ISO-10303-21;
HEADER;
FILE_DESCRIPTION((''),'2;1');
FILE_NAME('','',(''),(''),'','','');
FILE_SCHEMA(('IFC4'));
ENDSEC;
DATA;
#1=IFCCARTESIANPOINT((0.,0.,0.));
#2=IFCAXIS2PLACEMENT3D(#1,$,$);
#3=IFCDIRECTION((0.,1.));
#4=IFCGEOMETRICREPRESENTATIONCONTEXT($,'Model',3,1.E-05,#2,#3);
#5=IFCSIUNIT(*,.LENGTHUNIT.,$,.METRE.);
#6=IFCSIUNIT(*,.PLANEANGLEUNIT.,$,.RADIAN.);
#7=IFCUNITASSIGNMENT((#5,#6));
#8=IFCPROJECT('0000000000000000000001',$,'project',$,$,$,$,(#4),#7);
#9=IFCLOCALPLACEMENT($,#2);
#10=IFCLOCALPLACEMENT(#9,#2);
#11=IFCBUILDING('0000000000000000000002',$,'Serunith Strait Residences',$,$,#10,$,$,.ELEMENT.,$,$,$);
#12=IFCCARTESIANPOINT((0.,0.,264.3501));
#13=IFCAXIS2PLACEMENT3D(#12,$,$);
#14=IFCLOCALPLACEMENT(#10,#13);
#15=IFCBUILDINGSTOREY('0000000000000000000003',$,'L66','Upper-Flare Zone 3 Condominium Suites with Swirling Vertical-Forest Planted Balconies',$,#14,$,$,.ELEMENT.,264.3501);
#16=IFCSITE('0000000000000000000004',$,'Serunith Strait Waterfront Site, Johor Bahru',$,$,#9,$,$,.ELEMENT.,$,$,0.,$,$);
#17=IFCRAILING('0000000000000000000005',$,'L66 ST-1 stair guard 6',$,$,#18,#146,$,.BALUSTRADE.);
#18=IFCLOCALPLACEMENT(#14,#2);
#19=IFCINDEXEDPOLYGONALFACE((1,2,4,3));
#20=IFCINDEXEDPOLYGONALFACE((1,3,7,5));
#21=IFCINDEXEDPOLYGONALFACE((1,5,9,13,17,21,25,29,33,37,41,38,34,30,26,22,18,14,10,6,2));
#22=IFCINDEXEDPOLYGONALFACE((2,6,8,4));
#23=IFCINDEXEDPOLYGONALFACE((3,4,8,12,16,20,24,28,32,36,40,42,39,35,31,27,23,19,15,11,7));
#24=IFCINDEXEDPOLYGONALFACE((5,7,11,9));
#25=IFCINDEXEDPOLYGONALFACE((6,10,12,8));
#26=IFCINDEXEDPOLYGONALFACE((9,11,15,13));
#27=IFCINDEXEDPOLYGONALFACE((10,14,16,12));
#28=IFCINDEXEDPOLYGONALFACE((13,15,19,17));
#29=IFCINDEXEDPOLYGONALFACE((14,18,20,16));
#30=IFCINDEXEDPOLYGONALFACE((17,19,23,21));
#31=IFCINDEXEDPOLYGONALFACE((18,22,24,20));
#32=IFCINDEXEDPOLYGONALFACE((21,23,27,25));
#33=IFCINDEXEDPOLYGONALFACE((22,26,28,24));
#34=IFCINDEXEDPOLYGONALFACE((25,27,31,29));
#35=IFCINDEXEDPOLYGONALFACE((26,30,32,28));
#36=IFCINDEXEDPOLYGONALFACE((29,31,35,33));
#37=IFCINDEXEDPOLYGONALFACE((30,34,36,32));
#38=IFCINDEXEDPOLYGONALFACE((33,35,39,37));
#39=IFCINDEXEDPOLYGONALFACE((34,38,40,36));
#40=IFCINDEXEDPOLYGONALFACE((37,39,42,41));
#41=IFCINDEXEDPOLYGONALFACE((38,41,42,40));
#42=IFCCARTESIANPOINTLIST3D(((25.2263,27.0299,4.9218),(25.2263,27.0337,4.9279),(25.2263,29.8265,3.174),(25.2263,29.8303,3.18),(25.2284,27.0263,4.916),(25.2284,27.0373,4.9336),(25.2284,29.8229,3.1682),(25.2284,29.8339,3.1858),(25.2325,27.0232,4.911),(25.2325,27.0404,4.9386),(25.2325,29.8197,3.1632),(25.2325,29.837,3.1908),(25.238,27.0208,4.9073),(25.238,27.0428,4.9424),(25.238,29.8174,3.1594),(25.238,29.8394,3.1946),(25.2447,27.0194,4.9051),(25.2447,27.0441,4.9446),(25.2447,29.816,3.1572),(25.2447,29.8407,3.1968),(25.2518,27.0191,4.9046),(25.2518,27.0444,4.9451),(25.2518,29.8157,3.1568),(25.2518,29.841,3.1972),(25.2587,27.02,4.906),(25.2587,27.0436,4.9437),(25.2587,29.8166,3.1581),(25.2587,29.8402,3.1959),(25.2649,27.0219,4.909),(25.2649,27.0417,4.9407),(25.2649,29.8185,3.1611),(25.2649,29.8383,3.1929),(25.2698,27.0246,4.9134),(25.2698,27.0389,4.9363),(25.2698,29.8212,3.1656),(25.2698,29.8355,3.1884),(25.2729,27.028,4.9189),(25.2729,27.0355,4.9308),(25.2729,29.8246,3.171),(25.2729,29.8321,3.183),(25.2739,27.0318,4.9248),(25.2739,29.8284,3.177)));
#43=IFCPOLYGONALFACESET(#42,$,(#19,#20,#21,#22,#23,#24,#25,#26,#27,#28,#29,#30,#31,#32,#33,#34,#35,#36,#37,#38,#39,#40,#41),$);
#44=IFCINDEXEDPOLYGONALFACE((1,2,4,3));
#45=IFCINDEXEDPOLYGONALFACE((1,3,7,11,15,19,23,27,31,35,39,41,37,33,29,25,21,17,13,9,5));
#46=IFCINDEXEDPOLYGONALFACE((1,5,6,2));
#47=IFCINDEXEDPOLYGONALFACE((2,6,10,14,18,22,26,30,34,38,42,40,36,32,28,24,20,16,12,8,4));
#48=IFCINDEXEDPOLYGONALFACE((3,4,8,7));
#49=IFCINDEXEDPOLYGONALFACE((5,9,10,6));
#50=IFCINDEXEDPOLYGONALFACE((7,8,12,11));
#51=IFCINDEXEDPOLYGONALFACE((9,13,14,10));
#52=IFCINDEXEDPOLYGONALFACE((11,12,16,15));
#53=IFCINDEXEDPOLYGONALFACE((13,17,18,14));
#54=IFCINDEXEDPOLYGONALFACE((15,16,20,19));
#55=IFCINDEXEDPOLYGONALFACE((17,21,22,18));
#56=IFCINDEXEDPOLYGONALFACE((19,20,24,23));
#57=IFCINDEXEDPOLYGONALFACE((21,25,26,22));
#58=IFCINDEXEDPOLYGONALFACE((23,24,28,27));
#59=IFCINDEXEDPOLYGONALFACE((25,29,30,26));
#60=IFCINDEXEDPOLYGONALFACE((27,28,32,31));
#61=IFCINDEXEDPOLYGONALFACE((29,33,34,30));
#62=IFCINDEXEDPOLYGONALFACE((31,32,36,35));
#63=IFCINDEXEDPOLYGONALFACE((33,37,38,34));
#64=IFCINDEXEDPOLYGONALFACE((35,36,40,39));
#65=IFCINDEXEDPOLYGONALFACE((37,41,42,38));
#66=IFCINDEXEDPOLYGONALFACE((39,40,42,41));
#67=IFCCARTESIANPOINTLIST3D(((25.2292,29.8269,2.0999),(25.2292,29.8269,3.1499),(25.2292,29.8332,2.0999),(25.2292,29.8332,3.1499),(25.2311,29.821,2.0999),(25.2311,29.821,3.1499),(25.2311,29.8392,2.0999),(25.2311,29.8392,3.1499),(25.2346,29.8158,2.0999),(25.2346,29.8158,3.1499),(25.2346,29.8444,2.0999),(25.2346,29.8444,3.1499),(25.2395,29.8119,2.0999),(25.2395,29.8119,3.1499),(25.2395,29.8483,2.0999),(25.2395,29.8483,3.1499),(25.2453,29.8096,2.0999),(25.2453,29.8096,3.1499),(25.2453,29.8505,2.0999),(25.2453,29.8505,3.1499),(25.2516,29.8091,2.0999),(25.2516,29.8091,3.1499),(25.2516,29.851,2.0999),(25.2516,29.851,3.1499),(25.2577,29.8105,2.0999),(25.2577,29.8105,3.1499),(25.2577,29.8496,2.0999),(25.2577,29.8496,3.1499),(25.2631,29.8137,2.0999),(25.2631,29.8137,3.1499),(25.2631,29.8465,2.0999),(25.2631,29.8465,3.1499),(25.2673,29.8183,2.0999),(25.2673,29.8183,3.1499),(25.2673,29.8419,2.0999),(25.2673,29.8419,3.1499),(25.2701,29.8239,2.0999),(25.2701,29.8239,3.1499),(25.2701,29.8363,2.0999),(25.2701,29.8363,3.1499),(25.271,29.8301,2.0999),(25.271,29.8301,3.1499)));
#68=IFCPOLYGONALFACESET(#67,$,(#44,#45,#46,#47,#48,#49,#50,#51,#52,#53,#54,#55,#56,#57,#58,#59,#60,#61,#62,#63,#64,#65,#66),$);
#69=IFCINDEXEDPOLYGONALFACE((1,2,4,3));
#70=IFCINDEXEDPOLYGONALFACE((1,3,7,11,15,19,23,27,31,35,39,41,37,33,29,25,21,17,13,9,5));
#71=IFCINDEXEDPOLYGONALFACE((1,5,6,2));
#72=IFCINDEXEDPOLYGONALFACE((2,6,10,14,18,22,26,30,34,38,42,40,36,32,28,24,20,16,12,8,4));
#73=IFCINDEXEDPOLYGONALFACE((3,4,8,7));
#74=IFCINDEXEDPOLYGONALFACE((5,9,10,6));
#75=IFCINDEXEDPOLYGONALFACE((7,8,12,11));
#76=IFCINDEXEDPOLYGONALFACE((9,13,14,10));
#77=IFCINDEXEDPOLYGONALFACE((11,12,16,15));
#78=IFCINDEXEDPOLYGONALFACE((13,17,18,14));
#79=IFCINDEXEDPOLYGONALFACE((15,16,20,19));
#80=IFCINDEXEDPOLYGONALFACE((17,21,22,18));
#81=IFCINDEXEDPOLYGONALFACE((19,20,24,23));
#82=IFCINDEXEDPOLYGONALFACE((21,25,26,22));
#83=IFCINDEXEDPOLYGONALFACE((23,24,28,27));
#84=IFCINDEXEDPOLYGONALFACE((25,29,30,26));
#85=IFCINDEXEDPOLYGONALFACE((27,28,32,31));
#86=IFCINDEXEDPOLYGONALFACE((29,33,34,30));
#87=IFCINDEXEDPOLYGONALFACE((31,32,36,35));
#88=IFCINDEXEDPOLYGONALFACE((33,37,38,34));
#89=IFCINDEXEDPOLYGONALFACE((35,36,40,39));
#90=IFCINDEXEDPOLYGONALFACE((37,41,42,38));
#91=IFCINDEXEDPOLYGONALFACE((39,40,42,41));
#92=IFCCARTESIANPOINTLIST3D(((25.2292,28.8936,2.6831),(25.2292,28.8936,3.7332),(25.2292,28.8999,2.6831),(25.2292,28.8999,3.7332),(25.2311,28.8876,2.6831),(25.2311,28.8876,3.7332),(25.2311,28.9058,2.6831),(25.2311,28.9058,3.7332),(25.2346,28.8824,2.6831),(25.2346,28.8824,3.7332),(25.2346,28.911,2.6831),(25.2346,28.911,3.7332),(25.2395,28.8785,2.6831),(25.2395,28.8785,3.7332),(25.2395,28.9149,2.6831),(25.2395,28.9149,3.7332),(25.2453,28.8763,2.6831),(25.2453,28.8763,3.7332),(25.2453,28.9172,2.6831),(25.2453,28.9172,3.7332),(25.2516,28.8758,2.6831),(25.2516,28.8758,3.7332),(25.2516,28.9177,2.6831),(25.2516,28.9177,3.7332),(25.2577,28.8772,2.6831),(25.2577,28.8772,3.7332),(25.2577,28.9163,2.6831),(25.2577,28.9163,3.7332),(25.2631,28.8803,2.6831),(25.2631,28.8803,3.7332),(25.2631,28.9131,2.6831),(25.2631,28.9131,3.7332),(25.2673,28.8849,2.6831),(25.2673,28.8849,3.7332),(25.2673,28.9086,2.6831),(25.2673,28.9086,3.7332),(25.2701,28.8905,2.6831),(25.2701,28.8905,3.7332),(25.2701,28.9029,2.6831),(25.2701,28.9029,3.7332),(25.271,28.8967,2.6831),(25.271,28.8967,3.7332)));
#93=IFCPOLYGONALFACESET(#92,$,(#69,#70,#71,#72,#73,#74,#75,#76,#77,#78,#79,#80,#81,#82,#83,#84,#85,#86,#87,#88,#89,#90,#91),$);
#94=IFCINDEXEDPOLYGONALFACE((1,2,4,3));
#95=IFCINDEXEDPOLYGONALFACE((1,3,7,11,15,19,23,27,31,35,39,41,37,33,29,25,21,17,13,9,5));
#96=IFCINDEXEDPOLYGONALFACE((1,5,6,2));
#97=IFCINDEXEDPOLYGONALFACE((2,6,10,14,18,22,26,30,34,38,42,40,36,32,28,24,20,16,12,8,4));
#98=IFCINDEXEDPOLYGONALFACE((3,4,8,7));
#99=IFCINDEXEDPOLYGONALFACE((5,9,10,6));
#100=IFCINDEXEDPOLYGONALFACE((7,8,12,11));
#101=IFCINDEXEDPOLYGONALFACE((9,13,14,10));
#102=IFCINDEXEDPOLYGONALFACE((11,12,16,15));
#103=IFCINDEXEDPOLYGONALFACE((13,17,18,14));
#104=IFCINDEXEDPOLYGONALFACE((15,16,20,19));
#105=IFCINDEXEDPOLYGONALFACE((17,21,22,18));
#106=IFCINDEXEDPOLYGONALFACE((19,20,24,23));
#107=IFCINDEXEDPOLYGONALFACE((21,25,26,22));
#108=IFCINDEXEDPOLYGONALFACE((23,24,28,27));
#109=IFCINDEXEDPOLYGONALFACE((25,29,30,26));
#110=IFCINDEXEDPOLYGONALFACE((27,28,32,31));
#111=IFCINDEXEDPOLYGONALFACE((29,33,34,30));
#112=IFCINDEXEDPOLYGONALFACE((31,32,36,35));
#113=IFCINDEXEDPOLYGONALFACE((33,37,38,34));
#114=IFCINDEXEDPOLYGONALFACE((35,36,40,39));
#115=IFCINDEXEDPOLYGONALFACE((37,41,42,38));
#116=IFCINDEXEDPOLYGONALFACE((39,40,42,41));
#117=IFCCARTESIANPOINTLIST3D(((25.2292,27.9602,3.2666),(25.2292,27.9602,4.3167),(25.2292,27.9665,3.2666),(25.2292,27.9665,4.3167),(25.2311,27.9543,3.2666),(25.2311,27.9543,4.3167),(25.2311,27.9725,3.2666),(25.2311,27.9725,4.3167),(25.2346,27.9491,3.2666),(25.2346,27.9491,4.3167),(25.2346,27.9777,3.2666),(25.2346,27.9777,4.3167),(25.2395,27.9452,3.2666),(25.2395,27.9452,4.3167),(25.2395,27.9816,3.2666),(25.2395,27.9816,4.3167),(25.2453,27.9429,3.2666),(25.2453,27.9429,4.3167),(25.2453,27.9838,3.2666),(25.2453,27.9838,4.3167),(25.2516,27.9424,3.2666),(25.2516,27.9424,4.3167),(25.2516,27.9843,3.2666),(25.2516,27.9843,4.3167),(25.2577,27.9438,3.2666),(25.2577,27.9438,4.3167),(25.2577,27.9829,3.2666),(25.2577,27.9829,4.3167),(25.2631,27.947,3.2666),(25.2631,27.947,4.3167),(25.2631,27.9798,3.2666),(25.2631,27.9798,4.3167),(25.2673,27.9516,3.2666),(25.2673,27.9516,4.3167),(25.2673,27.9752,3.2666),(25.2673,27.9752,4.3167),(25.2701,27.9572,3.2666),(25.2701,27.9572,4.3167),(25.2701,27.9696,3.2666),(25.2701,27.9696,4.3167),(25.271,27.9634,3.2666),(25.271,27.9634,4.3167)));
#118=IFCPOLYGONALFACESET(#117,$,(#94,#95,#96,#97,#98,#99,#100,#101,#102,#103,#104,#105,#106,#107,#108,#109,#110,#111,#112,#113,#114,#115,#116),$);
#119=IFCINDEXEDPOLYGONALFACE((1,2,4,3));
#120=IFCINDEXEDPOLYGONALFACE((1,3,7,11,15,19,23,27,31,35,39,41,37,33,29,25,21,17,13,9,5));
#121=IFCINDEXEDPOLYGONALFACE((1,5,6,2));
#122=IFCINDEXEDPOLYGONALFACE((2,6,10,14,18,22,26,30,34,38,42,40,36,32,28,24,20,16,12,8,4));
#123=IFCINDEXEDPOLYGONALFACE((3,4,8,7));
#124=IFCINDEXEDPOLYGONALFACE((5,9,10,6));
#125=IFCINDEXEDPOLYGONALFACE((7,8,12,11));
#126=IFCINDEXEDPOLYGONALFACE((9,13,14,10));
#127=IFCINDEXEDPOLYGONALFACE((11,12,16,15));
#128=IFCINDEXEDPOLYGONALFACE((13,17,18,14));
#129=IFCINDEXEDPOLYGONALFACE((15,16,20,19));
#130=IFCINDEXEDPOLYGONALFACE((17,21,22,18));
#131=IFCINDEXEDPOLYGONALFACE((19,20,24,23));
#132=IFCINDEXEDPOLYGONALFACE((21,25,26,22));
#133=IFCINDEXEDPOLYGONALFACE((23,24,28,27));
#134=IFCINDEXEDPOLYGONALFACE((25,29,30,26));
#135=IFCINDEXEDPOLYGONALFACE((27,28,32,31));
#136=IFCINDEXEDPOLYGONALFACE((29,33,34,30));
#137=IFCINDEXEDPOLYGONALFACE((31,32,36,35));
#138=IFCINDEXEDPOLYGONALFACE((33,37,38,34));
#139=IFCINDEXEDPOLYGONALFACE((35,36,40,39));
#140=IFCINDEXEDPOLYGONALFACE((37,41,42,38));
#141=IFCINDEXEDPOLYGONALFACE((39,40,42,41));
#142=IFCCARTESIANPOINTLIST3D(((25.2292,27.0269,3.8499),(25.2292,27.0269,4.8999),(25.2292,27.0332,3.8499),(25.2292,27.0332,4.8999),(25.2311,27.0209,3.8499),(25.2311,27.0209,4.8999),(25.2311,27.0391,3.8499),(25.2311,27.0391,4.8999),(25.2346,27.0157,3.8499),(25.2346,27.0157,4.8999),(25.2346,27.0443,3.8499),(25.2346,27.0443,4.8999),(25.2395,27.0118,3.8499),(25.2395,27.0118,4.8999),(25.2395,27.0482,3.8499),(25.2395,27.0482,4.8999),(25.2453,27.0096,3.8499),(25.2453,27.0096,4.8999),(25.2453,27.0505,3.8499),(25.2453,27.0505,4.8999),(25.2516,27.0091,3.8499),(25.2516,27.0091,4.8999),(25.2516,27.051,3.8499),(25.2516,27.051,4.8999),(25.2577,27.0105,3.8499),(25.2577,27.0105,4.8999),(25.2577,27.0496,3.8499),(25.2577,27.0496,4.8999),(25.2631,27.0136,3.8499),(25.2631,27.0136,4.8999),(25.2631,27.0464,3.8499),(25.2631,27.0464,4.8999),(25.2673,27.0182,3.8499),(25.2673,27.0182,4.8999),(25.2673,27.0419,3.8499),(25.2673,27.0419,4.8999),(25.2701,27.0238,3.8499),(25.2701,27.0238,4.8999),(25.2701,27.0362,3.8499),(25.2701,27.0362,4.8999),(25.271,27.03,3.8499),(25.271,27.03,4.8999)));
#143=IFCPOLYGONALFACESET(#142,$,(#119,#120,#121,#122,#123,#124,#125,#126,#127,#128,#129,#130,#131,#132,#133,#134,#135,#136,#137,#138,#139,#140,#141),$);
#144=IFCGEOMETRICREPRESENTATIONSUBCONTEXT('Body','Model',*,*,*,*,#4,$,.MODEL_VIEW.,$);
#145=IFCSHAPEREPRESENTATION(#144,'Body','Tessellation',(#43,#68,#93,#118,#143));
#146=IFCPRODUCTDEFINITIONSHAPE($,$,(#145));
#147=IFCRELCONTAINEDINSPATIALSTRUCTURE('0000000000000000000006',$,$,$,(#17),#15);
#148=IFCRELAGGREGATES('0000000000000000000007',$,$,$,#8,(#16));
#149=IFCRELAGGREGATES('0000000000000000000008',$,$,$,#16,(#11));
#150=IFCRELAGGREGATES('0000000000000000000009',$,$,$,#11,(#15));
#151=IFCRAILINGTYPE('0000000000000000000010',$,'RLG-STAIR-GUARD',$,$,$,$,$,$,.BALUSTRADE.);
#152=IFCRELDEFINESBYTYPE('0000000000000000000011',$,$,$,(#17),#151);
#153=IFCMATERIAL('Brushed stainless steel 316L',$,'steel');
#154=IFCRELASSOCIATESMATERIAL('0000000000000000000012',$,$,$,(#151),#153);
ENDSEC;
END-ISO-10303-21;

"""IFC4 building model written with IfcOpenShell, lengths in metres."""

from ifc_helpers import new_model, si_unit, direction, frame, origin, origin_2d, place, context, subcontext, project, spatial, circle, extrude, material, type_object, element, save


model = new_model("IFC4")

# Units and contexts
model_context = context("Model", 3, precision=1e-05, world=origin(), true_north=direction((0.0, 1.0)))
body_context = subcontext(model_context, "Body", "Model", "MODEL_VIEW")
ifc_project = project(units=[si_unit("LENGTHUNIT", "METRE"), si_unit("PLANEANGLEUNIT", "RADIAN")], contexts=[model_context])

# Site, building, storey
site_placement = place(None, origin())
site = spatial("IfcSite", under=ifc_project, at=site_placement, Name="Serunith Strait Waterfront Site, Johor Bahru", CompositionType="ELEMENT", RefElevation=0.0)
building_placement = place(site_placement, origin())
building = spatial("IfcBuilding", under=site, at=building_placement, Name="Serunith Strait Residences", CompositionType="ELEMENT")
storey_placement = place(building_placement, frame((0.0, 0.0, 264.3501)))
storey = spatial("IfcBuildingStorey", under=building, at=storey_placement, Name="L66", Description="Upper-Flare Zone 3 Condominium Suites with Swirling Vertical-Forest Planted Balconies", CompositionType="ELEMENT", Elevation=264.3501)

# Railing
ifc_material_1 = material(Name="Brushed stainless steel 316L", Category="steel")
railing_type_1 = type_object("IfcRailingType", Name="RLG-STAIR-GUARD", PredefinedType="BALUSTRADE", material=ifc_material_1)
railing_1_placement = place(storey_placement, frame((25.25, 29.8301, 2.0999)))
element("IfcRailing", 1, at=railing_1_placement, inside=storey, type_object=railing_type_1, Name="L66 ST-1 stair guard 6", PredefinedType="BALUSTRADE", context=body_context, shape_type="SweptSolid", body=[
    extrude(circle(Radius=0.0239, at=origin_2d()), frame((0.0, -0.0017, 1.0771), z_axis=(0.0, -0.848002, 0.529992), x_axis=(1.0, 0.0, 0.0)), (0.0, 0.0, 1.0), 3.2979),
    extrude(circle(Radius=0.021, at=origin_2d()), origin(), (0.0, 0.0, 1.0), 1.05),
    extrude(circle(Radius=0.021, at=origin_2d()), frame((0.0, -0.9333, 0.5833)), (0.0, 0.0, 1.0), 1.05),
    extrude(circle(Radius=0.021, at=origin_2d()), frame((0.0, -1.8667, 1.1667)), (0.0, 0.0, 1.0), 1.05),
    extrude(circle(Radius=0.021, at=origin_2d()), frame((0.0, -2.8, 1.75)), (0.0, 0.0, 1.0), 1.05),
])

save(model, "model.ifc")
